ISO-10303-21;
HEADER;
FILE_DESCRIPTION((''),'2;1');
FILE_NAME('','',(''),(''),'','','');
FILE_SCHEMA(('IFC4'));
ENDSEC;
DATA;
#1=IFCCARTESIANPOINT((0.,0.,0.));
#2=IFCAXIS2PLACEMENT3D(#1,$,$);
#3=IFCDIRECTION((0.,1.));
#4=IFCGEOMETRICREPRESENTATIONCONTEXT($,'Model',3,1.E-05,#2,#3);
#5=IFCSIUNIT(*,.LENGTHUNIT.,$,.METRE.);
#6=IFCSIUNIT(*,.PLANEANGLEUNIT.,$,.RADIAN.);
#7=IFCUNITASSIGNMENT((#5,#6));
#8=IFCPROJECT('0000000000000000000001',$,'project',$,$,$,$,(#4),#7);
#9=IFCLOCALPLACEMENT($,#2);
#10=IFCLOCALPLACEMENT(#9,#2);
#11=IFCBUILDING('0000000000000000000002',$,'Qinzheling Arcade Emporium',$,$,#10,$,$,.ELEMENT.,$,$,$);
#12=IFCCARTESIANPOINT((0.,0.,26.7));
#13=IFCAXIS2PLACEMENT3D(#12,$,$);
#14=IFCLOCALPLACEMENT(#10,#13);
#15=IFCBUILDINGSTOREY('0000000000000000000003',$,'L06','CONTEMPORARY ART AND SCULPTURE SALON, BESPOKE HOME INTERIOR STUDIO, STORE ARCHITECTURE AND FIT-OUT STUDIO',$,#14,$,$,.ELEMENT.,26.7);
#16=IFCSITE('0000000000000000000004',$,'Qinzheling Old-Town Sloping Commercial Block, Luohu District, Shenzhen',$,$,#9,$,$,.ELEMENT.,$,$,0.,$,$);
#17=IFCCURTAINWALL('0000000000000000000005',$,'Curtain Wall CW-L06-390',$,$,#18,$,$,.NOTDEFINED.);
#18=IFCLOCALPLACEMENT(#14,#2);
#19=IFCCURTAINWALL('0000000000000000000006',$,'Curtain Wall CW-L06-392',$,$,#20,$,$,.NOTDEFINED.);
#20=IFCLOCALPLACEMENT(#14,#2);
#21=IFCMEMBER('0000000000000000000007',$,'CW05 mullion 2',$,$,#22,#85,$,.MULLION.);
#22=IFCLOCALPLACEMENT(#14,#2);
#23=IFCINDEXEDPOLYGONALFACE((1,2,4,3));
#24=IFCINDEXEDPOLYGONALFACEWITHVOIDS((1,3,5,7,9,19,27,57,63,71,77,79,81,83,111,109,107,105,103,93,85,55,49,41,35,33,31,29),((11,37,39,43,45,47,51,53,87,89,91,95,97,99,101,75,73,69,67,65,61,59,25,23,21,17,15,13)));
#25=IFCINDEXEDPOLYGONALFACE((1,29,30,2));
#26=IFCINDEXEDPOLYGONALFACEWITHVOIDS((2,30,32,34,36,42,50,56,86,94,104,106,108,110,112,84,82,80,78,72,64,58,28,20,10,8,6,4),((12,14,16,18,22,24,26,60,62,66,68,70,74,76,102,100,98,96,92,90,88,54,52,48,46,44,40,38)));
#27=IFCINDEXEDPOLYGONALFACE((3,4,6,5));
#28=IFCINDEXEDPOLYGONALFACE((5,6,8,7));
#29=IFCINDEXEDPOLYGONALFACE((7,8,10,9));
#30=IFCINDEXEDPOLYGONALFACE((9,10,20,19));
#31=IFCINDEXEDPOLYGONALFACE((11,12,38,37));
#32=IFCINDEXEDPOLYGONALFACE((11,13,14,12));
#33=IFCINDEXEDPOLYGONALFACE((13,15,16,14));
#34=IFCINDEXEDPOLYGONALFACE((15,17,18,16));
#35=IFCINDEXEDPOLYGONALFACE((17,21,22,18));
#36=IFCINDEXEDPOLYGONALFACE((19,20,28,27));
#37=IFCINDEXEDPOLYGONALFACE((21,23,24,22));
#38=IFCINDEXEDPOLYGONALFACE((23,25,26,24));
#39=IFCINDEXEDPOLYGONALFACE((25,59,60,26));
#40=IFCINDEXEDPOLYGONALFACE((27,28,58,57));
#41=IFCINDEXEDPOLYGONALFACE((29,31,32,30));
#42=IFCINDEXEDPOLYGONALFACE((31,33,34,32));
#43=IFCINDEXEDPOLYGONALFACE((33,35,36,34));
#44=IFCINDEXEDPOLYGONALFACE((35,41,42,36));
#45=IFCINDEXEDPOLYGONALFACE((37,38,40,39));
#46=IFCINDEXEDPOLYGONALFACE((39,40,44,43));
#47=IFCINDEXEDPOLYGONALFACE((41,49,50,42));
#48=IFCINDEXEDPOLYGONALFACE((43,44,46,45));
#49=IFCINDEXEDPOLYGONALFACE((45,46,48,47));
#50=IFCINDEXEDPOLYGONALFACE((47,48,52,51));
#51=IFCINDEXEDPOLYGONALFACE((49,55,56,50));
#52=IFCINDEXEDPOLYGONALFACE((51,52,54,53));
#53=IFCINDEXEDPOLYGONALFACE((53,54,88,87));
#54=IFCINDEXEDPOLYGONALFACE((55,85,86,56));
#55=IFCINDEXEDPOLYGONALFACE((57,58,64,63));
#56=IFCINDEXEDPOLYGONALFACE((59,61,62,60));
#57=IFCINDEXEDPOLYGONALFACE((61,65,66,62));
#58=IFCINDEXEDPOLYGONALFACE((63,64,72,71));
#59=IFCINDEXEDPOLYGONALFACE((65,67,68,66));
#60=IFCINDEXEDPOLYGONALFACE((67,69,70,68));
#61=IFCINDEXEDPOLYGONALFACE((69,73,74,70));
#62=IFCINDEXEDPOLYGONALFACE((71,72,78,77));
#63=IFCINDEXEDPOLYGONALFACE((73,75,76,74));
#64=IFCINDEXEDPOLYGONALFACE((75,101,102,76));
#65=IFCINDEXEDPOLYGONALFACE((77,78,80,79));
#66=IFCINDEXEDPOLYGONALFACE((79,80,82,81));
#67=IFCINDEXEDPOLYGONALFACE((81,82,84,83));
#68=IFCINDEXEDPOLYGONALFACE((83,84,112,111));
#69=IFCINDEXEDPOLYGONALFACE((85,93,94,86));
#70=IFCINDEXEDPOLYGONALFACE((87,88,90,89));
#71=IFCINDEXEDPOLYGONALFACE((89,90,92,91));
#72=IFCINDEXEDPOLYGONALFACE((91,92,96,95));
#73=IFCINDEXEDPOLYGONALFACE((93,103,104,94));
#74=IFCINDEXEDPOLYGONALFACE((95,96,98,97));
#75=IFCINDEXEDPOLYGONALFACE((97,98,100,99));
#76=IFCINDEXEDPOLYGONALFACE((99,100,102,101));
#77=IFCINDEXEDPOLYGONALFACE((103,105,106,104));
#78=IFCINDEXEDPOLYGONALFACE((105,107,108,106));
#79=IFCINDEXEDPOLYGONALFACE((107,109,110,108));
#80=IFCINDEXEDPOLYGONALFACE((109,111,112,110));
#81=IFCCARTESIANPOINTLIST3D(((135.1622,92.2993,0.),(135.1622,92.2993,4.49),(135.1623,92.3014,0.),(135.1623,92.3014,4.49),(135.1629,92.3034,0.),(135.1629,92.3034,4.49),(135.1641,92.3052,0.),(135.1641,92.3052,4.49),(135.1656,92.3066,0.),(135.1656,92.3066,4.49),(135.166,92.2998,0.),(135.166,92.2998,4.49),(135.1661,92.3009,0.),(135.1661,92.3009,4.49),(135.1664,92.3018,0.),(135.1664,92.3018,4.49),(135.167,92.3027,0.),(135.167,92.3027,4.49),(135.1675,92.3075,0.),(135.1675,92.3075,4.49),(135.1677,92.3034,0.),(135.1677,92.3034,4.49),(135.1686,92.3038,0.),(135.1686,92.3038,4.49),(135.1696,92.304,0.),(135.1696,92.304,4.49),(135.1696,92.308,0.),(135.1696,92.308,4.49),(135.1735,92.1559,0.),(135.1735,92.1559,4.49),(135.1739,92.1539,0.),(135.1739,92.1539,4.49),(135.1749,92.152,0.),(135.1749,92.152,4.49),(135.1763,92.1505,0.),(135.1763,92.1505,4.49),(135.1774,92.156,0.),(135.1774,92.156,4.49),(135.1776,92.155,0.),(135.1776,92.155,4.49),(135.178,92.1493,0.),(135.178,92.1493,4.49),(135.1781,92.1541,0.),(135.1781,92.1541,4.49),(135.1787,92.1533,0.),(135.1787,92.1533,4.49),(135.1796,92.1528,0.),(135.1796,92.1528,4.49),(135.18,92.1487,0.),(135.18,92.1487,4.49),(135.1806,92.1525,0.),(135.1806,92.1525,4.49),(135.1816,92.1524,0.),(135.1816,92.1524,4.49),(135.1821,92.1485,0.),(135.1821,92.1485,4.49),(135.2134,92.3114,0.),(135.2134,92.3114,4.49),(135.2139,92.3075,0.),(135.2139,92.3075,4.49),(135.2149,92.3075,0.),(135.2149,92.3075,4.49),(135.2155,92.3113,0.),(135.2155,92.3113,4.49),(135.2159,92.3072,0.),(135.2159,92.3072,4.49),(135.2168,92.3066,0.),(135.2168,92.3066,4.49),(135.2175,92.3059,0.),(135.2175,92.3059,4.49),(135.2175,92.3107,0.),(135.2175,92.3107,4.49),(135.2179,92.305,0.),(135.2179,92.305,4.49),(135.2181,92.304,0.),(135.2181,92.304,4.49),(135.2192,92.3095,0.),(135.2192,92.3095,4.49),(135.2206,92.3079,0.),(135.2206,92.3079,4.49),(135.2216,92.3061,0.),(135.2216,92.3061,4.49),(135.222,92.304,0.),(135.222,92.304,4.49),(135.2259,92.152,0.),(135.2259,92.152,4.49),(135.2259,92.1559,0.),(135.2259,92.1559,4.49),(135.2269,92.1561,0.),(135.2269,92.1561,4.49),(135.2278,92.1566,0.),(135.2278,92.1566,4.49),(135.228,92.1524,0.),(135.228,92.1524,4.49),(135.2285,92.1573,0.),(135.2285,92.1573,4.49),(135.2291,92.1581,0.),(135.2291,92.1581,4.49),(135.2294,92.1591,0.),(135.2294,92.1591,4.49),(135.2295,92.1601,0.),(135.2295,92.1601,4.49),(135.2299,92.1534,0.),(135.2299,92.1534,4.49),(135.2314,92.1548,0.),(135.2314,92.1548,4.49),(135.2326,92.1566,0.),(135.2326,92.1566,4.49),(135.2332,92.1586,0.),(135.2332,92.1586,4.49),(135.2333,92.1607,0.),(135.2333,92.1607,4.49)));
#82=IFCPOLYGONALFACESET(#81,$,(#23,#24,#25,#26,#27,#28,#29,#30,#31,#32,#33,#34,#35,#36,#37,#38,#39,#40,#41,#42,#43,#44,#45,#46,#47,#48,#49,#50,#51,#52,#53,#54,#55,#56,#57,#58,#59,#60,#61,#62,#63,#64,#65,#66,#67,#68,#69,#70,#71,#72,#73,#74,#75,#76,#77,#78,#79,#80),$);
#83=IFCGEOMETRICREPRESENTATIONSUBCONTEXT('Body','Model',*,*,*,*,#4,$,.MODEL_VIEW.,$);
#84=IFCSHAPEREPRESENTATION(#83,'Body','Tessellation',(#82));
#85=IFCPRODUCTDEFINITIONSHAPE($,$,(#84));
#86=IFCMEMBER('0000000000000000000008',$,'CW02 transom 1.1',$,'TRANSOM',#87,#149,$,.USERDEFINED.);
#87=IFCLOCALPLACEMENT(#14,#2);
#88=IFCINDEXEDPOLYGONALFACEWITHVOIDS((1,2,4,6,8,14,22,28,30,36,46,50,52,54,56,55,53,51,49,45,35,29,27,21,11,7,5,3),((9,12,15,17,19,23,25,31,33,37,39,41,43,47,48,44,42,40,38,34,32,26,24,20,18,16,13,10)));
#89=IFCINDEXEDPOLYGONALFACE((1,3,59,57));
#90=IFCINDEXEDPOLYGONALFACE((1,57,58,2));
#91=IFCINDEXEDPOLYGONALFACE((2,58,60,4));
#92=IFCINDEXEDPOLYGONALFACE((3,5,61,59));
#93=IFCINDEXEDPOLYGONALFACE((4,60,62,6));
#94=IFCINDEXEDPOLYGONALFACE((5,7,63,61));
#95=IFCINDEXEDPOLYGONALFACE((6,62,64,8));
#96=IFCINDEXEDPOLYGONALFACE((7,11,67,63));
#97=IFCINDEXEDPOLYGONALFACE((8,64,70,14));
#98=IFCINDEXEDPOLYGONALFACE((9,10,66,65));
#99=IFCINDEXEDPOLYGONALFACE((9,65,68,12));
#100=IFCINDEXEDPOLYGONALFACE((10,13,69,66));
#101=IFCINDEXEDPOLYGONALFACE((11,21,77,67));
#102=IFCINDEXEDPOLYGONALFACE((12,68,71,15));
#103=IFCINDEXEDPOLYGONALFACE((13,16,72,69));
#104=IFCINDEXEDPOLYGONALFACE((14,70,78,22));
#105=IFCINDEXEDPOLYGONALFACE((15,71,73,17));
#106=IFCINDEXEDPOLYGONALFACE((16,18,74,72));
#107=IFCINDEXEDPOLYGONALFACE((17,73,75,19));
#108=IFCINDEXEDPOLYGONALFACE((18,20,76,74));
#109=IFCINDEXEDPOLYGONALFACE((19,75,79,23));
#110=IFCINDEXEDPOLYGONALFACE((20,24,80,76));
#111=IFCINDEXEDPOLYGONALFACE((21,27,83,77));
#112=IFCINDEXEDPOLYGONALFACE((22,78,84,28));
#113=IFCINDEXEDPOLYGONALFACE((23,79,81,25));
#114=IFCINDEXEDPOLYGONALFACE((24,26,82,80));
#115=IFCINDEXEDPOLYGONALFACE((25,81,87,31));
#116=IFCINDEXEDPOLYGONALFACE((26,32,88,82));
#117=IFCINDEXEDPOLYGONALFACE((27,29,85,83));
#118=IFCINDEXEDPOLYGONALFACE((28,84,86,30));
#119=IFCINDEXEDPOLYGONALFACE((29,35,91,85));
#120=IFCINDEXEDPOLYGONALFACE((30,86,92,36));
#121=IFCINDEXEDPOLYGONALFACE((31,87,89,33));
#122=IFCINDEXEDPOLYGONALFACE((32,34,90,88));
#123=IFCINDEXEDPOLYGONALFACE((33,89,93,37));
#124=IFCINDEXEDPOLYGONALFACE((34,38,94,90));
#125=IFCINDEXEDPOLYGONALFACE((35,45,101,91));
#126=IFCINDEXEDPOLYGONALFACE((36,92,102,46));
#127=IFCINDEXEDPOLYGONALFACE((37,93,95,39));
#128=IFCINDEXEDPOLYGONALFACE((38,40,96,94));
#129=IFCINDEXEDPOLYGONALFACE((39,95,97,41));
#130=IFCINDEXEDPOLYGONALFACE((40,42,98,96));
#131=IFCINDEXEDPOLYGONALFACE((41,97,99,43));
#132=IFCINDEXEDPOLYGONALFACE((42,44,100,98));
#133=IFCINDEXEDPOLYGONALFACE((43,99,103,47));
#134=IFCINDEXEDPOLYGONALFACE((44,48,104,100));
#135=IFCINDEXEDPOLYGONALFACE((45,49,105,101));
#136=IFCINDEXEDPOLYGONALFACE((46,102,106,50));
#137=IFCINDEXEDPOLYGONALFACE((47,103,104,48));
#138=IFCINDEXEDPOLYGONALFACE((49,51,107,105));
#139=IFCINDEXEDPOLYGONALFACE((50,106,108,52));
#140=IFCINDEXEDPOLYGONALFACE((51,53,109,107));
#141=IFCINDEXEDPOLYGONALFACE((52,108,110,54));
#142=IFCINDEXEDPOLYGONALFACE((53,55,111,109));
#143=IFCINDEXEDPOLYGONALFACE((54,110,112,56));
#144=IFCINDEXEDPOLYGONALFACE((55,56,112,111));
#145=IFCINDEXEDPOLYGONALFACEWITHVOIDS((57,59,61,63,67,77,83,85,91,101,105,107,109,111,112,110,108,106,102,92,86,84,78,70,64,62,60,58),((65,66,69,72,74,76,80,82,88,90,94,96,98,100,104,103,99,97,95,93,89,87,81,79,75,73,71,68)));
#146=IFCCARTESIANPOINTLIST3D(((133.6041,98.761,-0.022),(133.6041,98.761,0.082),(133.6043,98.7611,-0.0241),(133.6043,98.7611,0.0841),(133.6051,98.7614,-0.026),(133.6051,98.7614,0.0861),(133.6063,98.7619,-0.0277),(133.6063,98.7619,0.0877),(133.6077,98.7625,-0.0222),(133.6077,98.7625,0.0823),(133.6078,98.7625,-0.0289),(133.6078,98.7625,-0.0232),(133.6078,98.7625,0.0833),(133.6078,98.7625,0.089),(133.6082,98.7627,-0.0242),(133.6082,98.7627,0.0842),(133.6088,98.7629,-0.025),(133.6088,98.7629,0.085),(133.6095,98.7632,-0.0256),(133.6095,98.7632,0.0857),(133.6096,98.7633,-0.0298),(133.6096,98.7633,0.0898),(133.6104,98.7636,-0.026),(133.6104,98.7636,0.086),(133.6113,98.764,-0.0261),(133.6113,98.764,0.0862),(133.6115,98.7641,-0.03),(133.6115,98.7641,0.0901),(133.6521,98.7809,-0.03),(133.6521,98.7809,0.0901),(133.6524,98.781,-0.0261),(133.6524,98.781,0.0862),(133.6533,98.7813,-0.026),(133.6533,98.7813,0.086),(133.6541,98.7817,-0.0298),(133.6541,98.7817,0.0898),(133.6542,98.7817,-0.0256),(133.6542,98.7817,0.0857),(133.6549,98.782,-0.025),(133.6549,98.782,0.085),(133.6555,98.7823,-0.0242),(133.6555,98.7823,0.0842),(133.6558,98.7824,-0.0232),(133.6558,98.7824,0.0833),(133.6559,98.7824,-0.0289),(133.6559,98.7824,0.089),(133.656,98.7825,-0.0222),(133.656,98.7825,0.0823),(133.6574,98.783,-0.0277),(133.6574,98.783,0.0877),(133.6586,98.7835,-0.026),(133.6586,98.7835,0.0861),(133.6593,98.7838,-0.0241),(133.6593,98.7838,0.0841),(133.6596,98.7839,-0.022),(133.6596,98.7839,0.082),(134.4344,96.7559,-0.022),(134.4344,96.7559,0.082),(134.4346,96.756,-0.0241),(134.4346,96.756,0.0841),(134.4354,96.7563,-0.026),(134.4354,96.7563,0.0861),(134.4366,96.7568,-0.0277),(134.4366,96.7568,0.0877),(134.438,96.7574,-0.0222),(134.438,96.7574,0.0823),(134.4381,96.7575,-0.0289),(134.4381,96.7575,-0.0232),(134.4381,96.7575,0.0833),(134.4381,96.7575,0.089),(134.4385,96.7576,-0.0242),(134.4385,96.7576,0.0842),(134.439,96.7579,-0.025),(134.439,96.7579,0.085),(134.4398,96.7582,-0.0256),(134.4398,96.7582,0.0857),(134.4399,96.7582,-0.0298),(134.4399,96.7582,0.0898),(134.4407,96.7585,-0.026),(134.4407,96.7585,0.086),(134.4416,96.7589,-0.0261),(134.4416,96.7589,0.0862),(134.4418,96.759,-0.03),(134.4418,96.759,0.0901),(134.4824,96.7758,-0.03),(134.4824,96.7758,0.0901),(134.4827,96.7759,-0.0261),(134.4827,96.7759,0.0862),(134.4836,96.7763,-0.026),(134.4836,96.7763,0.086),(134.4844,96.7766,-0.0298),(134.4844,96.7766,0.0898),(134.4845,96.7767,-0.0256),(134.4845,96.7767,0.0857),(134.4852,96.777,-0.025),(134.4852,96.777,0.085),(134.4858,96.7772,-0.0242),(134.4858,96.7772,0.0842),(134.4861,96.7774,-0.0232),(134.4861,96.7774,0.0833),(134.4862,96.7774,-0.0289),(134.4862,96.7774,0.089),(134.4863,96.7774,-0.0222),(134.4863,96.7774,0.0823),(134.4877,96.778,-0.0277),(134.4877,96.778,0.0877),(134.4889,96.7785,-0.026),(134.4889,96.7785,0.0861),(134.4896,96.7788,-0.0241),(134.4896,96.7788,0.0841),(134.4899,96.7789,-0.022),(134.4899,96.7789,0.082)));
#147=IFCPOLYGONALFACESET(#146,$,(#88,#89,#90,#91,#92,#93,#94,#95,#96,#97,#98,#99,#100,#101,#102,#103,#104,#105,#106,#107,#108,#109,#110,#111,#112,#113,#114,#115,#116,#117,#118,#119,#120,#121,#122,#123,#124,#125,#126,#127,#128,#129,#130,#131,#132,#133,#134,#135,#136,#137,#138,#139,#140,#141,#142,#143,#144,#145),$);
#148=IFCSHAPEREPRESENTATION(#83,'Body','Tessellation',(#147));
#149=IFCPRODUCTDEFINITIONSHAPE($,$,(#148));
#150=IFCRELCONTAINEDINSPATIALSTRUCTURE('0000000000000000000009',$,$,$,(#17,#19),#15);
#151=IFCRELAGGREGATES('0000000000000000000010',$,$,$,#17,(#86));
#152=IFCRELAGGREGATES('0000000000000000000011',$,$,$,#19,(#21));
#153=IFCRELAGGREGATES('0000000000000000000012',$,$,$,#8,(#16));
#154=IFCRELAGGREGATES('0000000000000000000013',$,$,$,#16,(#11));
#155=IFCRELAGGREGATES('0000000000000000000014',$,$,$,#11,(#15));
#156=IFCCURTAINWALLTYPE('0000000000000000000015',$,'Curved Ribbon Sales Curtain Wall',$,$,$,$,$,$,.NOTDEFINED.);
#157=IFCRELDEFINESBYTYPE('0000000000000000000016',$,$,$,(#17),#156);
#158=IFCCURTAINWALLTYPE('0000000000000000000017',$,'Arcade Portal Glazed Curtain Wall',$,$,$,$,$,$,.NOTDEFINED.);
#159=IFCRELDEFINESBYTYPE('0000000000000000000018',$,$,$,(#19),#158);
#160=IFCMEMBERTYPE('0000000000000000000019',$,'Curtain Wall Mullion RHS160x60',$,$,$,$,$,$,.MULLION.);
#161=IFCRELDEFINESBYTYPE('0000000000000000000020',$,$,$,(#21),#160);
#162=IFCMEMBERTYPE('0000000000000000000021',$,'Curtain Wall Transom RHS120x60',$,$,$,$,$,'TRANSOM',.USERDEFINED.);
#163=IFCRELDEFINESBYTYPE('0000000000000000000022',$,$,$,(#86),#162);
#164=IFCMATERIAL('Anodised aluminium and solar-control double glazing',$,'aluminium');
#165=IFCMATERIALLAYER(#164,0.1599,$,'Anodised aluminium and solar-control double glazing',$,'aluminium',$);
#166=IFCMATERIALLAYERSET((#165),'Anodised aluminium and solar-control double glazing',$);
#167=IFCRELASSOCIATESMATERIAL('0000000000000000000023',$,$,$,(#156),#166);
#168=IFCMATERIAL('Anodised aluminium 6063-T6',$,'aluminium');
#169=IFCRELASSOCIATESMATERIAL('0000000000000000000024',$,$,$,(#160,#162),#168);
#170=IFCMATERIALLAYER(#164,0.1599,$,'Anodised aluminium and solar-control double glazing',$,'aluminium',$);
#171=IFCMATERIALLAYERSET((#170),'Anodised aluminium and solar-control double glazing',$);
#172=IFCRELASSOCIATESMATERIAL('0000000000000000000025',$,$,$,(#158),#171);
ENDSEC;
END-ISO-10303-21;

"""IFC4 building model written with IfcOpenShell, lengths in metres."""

from ifc_helpers import new_model, si_unit, direction, frame, origin, origin_2d, place, context, subcontext, project, spatial, hollow_rectangle, extrude, material, layer, layer_set, material_profile, profile_set, type_object, element, aggregate, save


model = new_model("IFC4")

# Units and contexts
model_context = context("Model", 3, precision=1e-05, world=origin(), true_north=direction((0.0, 1.0)))
body_context = subcontext(model_context, "Body", "Model", "MODEL_VIEW")
ifc_project = project(units=[si_unit("LENGTHUNIT", "METRE"), si_unit("PLANEANGLEUNIT", "RADIAN")], contexts=[model_context])

# Site, building, storey
site_placement = place(None, origin())
site = spatial("IfcSite", under=ifc_project, at=site_placement, Name="Qinzheling Old-Town Sloping Commercial Block, Luohu District, Shenzhen", CompositionType="ELEMENT", RefElevation=0.0)
building_placement = place(site_placement, origin())
building = spatial("IfcBuilding", under=site, at=building_placement, Name="Qinzheling Arcade Emporium", CompositionType="ELEMENT")
storey_placement = place(building_placement, frame((0.0, 0.0, 26.7)))
storey = spatial("IfcBuildingStorey", under=building, at=storey_placement, Name="L06", Description="CONTEMPORARY ART AND SCULPTURE SALON, BESPOKE HOME INTERIOR STUDIO, STORE ARCHITECTURE AND FIT-OUT STUDIO", CompositionType="ELEMENT", Elevation=26.7)

# Curtain wall
ifc_material_1 = material(Name="Anodised aluminium and solar-control double glazing", Category="aluminium")
ifc_layer_1 = layer(ifc_material_1, 0.1599, Name="Anodised aluminium and solar-control double glazing", Category="aluminium")
ifc_layer_set_1 = layer_set([ifc_layer_1], Name="Anodised aluminium and solar-control double glazing")
curtain_wall_type_1 = type_object("IfcCurtainWallType", Name="Curved Ribbon Sales Curtain Wall", PredefinedType="NOTDEFINED", material=ifc_layer_set_1)
curtain_wall_1_placement = place(storey_placement, origin())
curtain_wall_1 = element("IfcCurtainWall", 1, at=curtain_wall_1_placement, inside=storey, type_object=curtain_wall_type_1, Name="Curtain Wall CW-L06-390", PredefinedType="NOTDEFINED")
ifc_material_2 = material(Name="Anodised aluminium 6063-T6", Category="aluminium")
ifc_material_profile_1 = material_profile(ifc_material_2, hollow_rectangle(XDim=0.0601, YDim=0.1599, WallThickness=0.0039, InnerFilletRadius=0.0039, OuterFilletRadius=0.0081, at=origin_2d()), Name="RHS 160x60x4", Category="aluminium")
ifc_profile_set_1 = profile_set([ifc_material_profile_1], Name="Anodised aluminium 6063-T6")
member_type_1 = type_object("IfcMemberType", Name="Curtain Wall Mullion RHS160x60", PredefinedType="MULLION", material=ifc_profile_set_1)

# Curtain wall, member
ifc_layer_2 = layer(ifc_material_1, 0.1599, Name="Anodised aluminium and solar-control double glazing", Category="aluminium")
ifc_layer_set_2 = layer_set([ifc_layer_2], Name="Anodised aluminium and solar-control double glazing")
curtain_wall_type_2 = type_object("IfcCurtainWallType", Name="Arcade Portal Glazed Curtain Wall", PredefinedType="NOTDEFINED", material=ifc_layer_set_2)
curtain_wall_2_placement = place(storey_placement, origin())
curtain_wall_2 = element("IfcCurtainWall", 2, at=curtain_wall_2_placement, inside=storey, type_object=curtain_wall_type_2, Name="Curtain Wall CW-L06-392", PredefinedType="NOTDEFINED")
member_1_placement = place(storey_placement, frame((135.1978, 92.23, 0.0), z_axis=(0.0, 0.0, 1.0), x_axis=(0.996909, 0.078566, 0.0)))
member_1 = element("IfcMember", 3, at=member_1_placement, type_object=member_type_1, Name="CW05 mullion 2", PredefinedType="MULLION", context=body_context, shape_type="SweptSolid", body=[
    extrude(hollow_rectangle(XDim=0.0601, YDim=0.1599, WallThickness=0.0039, InnerFilletRadius=0.0039, OuterFilletRadius=0.0081, at=origin_2d()), origin(), (0.0, 0.0, 1.0), 4.49),
])

# Member
ifc_material_profile_2 = material_profile(ifc_material_2, hollow_rectangle(XDim=0.0601, YDim=0.1201, WallThickness=0.0039, InnerFilletRadius=0.0039, OuterFilletRadius=0.0081, at=origin_2d()), Name="RHS 120x60x4", Category="aluminium")
ifc_profile_set_2 = profile_set([ifc_material_profile_2], Name="Anodised aluminium 6063-T6")
member_type_2 = type_object("IfcMemberType", Name="Curtain Wall Transom RHS120x60", ElementType="TRANSOM", PredefinedType="USERDEFINED", material=ifc_profile_set_2)
member_2_placement = place(storey_placement, frame((133.6318, 98.7725, 0.03), z_axis=(0.382594, -0.923917, 0.0), x_axis=(0.923917, 0.382594, 0.0)))
member_2 = element("IfcMember", 4, at=member_2_placement, type_object=member_type_2, Name="CW02 transom 1.1", ObjectType="TRANSOM", PredefinedType="USERDEFINED", context=body_context, shape_type="SweptSolid", body=[
    extrude(hollow_rectangle(XDim=0.0601, YDim=0.1201, WallThickness=0.0039, InnerFilletRadius=0.0039, OuterFilletRadius=0.0081, at=origin_2d()), origin(), (0.0, 0.0, 1.0), 2.1702),
])

aggregate(curtain_wall_1, [member_2])
aggregate(curtain_wall_2, [member_1])

save(model, "model.ifc")
